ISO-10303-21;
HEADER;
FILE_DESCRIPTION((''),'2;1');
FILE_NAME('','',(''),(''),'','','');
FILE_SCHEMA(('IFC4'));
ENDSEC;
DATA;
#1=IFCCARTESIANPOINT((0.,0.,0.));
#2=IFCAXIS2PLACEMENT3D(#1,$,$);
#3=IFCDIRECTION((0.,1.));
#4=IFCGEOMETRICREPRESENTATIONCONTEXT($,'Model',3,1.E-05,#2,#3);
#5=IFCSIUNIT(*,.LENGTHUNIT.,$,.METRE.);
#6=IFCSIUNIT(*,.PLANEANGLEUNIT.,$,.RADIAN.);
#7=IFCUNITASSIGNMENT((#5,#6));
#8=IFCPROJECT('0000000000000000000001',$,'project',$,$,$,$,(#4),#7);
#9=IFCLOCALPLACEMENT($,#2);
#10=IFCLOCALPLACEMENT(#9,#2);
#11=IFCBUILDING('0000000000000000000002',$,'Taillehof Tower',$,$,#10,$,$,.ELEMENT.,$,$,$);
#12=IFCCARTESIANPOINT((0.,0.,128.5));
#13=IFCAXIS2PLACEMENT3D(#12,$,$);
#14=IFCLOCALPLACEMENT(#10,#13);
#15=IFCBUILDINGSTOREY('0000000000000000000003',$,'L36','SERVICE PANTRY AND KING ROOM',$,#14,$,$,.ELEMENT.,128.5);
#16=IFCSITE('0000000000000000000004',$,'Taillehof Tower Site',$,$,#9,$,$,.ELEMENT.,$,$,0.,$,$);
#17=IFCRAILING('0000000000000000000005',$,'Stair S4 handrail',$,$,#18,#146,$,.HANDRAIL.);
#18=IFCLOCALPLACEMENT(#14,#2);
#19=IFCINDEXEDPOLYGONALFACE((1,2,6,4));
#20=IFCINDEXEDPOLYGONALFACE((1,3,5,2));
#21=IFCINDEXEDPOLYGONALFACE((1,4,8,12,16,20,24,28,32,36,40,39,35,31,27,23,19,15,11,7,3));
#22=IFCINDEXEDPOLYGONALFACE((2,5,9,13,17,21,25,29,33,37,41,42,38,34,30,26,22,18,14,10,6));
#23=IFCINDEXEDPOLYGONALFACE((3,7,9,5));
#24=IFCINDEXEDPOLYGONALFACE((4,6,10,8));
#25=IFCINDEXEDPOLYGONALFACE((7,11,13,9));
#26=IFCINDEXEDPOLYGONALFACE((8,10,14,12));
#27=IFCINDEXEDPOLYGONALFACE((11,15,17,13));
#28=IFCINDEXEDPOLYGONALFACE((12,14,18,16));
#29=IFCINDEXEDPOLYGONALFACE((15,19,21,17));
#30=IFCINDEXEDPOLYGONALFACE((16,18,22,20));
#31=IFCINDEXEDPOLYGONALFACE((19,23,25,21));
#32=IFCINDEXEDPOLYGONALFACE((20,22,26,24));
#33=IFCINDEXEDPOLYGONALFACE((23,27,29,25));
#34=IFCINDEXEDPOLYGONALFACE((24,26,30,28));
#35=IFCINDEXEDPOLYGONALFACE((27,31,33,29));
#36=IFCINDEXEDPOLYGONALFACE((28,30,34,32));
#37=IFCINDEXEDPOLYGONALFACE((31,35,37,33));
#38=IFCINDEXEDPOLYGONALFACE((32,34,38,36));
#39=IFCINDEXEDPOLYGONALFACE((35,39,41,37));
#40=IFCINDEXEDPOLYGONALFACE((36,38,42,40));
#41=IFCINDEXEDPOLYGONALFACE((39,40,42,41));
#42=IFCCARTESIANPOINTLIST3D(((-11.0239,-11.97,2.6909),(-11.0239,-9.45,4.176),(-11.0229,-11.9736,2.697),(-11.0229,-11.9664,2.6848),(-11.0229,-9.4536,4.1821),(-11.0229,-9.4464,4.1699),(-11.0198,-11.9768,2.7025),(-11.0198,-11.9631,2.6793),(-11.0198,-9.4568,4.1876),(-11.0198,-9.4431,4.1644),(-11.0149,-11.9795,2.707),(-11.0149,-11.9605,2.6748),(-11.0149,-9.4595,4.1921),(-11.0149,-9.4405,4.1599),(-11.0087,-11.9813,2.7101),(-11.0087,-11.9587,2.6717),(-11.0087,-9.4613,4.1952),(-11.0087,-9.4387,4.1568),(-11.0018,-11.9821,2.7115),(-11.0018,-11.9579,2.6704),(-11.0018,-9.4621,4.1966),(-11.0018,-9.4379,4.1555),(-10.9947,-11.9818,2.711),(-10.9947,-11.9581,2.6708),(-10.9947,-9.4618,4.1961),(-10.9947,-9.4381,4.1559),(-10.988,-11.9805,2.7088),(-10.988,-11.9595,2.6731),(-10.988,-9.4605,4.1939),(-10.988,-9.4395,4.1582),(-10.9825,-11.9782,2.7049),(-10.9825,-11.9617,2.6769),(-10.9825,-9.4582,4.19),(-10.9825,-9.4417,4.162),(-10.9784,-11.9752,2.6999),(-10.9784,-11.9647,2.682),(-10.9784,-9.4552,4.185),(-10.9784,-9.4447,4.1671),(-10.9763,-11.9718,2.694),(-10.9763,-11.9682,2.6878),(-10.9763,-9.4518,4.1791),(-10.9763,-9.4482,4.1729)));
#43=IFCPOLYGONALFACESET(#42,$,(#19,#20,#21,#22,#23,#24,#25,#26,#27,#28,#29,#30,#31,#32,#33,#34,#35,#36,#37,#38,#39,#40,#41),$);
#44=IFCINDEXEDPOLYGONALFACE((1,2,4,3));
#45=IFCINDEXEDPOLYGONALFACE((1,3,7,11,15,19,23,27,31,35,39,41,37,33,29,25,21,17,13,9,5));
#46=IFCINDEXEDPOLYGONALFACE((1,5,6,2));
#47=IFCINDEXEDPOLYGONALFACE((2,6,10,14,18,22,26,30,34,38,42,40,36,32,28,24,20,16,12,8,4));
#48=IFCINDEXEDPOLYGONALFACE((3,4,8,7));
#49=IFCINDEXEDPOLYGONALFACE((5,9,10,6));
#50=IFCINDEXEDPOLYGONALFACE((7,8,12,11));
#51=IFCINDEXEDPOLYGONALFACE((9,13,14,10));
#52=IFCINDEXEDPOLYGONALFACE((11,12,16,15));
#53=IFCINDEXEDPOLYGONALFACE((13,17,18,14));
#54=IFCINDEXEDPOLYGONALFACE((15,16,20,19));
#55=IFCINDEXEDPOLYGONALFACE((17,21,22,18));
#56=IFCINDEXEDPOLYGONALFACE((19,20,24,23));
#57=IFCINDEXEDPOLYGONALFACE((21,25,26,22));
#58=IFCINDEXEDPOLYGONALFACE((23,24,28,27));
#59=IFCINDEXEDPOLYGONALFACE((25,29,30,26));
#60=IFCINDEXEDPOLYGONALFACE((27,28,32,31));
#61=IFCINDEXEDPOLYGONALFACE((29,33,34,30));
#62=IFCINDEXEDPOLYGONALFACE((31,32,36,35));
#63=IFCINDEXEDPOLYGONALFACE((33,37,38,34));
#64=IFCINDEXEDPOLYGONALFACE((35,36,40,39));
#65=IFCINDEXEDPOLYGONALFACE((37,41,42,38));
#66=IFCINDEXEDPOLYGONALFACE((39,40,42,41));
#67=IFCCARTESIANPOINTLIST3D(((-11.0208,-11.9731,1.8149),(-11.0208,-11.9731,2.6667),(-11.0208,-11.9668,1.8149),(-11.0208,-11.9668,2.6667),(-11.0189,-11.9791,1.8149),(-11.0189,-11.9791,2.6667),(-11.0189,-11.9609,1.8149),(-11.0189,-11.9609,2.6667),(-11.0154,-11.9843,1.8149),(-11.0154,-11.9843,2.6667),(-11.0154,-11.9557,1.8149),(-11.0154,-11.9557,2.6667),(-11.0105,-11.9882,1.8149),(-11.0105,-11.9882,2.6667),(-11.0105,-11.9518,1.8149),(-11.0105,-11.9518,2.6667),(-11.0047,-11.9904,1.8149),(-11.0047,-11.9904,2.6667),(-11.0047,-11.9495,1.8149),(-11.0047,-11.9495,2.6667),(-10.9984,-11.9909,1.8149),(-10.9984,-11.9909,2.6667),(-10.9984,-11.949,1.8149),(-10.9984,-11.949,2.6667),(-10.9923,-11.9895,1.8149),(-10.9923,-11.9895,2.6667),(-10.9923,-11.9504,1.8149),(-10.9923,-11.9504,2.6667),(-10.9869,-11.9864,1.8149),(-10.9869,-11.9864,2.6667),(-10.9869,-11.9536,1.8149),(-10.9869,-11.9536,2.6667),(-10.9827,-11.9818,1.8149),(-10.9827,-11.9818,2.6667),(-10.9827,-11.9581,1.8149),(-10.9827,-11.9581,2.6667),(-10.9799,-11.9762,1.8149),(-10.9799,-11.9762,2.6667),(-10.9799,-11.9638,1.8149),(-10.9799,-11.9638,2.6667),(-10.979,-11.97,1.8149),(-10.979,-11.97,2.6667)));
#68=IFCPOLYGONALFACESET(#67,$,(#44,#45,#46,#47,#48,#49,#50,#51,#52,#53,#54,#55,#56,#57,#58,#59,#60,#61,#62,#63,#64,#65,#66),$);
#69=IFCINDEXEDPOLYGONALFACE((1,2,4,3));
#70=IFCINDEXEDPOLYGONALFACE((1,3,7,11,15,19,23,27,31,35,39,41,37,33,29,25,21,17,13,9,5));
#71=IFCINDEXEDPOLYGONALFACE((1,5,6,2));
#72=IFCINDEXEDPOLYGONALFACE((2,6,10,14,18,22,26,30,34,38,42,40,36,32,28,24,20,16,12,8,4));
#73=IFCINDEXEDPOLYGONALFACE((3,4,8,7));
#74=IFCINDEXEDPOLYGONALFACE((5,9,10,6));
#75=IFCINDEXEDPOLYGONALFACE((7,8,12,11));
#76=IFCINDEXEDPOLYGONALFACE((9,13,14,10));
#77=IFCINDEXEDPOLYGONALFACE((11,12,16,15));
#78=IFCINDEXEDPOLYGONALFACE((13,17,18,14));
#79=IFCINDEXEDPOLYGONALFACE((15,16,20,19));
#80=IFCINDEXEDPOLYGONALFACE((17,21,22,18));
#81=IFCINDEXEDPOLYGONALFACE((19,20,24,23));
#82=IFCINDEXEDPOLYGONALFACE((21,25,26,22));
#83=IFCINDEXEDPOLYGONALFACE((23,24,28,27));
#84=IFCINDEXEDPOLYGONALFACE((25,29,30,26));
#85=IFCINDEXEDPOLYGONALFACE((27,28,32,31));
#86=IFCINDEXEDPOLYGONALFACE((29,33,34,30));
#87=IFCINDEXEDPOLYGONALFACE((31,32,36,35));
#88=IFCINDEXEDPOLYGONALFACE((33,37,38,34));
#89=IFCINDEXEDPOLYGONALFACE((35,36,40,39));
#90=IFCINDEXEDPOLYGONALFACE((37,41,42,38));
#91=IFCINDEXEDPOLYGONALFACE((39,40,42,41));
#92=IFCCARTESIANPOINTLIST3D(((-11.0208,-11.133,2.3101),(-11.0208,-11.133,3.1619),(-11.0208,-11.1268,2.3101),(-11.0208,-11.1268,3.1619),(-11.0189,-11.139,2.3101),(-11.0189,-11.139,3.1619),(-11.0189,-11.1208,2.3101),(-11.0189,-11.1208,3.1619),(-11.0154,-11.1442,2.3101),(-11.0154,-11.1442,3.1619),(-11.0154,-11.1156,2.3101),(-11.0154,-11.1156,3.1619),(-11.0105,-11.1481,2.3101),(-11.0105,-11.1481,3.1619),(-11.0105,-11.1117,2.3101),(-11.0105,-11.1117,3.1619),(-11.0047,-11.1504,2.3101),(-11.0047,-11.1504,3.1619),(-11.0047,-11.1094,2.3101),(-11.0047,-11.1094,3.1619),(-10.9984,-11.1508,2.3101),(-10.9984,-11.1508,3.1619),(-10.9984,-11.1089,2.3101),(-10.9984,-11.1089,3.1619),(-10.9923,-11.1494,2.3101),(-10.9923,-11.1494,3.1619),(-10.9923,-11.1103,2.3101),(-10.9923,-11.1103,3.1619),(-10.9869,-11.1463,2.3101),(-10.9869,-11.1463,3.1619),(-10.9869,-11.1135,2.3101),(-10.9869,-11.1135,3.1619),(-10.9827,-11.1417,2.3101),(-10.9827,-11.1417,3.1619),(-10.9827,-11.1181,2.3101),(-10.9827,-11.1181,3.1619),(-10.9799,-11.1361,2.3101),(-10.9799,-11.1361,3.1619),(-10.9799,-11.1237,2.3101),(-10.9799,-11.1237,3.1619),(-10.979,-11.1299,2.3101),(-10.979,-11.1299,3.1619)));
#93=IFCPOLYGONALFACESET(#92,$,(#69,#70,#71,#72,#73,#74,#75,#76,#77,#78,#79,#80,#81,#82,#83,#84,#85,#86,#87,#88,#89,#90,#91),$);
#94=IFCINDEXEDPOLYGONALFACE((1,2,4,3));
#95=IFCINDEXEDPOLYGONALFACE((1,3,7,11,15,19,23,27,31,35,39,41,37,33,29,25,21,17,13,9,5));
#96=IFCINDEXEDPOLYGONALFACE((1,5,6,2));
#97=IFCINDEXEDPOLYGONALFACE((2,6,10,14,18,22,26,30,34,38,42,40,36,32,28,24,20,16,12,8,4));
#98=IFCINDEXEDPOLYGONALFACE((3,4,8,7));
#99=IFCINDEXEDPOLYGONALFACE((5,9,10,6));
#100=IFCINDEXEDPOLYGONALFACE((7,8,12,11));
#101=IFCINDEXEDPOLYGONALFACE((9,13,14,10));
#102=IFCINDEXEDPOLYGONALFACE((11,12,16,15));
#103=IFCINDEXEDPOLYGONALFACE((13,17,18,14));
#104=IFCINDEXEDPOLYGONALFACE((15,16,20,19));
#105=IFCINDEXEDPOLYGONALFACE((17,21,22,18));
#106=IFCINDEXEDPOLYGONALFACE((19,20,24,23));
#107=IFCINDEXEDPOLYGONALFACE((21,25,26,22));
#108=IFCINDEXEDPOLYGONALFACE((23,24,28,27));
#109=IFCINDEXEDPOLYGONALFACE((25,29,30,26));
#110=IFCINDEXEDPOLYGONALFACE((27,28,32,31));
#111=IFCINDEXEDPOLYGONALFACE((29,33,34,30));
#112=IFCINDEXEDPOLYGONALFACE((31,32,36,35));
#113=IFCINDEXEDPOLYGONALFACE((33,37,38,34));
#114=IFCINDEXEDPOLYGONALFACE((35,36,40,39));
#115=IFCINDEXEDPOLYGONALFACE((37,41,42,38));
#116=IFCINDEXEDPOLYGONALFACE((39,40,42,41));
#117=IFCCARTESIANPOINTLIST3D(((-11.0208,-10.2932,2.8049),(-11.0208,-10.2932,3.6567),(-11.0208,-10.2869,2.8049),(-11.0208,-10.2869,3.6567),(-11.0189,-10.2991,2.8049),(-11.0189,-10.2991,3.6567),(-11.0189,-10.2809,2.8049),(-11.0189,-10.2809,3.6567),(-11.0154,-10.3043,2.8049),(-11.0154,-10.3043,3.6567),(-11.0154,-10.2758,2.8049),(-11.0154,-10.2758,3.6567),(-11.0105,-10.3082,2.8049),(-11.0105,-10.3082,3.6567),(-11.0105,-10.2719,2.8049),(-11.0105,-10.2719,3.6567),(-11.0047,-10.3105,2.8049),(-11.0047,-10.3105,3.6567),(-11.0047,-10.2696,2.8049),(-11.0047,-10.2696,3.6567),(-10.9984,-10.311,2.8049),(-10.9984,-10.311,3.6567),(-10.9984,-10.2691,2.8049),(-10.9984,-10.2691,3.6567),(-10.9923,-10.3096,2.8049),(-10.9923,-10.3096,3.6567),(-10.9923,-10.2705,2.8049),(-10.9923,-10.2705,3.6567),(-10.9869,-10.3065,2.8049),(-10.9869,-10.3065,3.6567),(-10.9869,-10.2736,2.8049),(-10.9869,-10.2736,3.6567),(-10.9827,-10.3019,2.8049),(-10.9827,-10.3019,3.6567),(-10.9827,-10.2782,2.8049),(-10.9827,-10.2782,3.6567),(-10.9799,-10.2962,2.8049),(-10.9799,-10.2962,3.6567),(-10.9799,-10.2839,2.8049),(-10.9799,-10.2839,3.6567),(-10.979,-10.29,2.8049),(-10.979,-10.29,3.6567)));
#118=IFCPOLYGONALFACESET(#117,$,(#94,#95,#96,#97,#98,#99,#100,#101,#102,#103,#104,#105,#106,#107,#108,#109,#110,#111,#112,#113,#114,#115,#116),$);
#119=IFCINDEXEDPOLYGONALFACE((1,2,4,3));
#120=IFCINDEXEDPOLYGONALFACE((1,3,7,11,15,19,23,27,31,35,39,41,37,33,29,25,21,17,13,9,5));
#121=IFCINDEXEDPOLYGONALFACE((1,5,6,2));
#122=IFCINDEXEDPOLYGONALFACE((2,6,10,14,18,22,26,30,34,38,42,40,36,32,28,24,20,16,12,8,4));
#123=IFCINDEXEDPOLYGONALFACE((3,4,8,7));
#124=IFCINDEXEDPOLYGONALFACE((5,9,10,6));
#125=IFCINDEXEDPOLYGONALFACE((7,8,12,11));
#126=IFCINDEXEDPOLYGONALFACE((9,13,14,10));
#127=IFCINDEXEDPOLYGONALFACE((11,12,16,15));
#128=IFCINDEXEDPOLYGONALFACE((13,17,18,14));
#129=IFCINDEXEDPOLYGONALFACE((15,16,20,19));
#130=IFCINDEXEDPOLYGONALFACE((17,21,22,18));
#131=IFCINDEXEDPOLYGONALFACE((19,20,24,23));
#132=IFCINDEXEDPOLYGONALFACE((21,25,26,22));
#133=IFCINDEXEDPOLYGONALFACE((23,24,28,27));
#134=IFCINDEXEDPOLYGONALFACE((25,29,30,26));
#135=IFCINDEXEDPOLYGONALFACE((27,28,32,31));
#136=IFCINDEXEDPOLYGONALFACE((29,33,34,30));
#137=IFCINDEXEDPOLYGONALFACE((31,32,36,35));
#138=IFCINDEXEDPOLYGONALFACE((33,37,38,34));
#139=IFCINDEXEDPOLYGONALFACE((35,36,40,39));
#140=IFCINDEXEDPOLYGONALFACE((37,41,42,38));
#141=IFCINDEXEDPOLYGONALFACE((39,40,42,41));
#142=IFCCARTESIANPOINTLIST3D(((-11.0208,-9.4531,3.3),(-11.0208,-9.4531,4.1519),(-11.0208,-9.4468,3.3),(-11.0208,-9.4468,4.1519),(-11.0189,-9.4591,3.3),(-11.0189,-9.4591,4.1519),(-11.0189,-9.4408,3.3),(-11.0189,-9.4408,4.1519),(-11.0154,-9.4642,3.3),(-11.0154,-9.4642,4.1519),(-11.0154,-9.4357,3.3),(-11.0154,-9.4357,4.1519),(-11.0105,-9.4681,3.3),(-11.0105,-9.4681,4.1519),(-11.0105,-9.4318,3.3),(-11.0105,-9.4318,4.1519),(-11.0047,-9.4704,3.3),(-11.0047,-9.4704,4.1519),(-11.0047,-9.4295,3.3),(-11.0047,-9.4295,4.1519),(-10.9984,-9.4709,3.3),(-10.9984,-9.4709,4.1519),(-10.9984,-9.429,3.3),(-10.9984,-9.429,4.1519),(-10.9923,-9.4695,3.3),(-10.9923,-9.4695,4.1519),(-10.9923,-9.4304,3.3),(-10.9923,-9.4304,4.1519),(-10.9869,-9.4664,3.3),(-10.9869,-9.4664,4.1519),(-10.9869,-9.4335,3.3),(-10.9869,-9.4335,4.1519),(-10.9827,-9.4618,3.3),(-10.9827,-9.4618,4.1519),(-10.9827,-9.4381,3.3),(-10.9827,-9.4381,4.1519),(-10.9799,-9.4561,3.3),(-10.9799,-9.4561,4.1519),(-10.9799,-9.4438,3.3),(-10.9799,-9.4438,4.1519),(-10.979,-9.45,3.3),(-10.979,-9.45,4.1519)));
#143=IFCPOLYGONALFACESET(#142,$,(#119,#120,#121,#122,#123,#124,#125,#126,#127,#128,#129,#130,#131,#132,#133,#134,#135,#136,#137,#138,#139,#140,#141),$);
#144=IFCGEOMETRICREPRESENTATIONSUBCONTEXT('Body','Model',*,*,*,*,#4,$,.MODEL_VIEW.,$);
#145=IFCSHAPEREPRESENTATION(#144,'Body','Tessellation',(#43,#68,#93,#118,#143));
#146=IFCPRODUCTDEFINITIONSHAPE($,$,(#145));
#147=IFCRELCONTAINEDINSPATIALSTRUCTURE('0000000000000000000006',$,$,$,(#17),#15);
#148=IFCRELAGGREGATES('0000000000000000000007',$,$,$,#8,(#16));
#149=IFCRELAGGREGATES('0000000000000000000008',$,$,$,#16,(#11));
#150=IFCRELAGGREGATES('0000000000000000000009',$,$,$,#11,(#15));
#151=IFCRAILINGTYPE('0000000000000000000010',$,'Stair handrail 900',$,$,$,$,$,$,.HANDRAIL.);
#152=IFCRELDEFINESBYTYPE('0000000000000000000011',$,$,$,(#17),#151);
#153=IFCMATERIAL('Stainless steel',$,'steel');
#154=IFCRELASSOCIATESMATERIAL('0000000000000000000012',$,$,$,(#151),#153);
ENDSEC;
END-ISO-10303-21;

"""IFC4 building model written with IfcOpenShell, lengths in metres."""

from ifc_helpers import new_model, si_unit, direction, frame, origin, origin_2d, place, context, subcontext, project, spatial, circle, extrude, material, type_object, element, save


model = new_model("IFC4")

# Units and contexts
model_context = context("Model", 3, precision=1e-05, world=origin(), true_north=direction((0.0, 1.0)))
body_context = subcontext(model_context, "Body", "Model", "MODEL_VIEW")
ifc_project = project(units=[si_unit("LENGTHUNIT", "METRE"), si_unit("PLANEANGLEUNIT", "RADIAN")], contexts=[model_context])

# Site, building, storey
site_placement = place(None, origin())
site = spatial("IfcSite", under=ifc_project, at=site_placement, Name="Taillehof Tower Site", CompositionType="ELEMENT", RefElevation=0.0)
building_placement = place(site_placement, origin())
building = spatial("IfcBuilding", under=site, at=building_placement, Name="Taillehof Tower", CompositionType="ELEMENT")
storey_placement = place(building_placement, frame((0.0, 0.0, 128.5)))
storey = spatial("IfcBuildingStorey", under=building, at=storey_placement, Name="L36", Description="SERVICE PANTRY AND KING ROOM", CompositionType="ELEMENT", Elevation=128.5)

# Railing
ifc_material_1 = material(Name="Stainless steel", Category="steel")
railing_type = type_object("IfcRailingType", Name="Stair handrail 900", PredefinedType="HANDRAIL", material=ifc_material_1)
railing_1_placement = place(storey_placement, frame((-11.0, -11.97, 1.8149)))
element("IfcRailing", 1, at=railing_1_placement, inside=storey, type_object=railing_type, Name="Stair S4 handrail", PredefinedType="HANDRAIL", context=body_context, shape_type="SweptSolid", body=[
    extrude(circle(Radius=0.0239, at=origin_2d()), frame((0.0, 0.0, 0.876), z_axis=(0.0, 0.861524, 0.507717), x_axis=(-1.0, 0.0, 0.0)), (0.0, 0.0, 1.0), 2.925),
    extrude(circle(Radius=0.021, at=origin_2d()), origin(), (0.0, 0.0, 1.0), 0.8518),
    extrude(circle(Radius=0.021, at=origin_2d()), frame((0.0, 0.8401, 0.4951)), (0.0, 0.0, 1.0), 0.8518),
    extrude(circle(Radius=0.021, at=origin_2d()), frame((0.0, 1.6799, 0.99)), (0.0, 0.0, 1.0), 0.8518),
    extrude(circle(Radius=0.021, at=origin_2d()), frame((0.0, 2.52, 1.4851)), (0.0, 0.0, 1.0), 0.8518),
])

save(model, "model.ifc")
